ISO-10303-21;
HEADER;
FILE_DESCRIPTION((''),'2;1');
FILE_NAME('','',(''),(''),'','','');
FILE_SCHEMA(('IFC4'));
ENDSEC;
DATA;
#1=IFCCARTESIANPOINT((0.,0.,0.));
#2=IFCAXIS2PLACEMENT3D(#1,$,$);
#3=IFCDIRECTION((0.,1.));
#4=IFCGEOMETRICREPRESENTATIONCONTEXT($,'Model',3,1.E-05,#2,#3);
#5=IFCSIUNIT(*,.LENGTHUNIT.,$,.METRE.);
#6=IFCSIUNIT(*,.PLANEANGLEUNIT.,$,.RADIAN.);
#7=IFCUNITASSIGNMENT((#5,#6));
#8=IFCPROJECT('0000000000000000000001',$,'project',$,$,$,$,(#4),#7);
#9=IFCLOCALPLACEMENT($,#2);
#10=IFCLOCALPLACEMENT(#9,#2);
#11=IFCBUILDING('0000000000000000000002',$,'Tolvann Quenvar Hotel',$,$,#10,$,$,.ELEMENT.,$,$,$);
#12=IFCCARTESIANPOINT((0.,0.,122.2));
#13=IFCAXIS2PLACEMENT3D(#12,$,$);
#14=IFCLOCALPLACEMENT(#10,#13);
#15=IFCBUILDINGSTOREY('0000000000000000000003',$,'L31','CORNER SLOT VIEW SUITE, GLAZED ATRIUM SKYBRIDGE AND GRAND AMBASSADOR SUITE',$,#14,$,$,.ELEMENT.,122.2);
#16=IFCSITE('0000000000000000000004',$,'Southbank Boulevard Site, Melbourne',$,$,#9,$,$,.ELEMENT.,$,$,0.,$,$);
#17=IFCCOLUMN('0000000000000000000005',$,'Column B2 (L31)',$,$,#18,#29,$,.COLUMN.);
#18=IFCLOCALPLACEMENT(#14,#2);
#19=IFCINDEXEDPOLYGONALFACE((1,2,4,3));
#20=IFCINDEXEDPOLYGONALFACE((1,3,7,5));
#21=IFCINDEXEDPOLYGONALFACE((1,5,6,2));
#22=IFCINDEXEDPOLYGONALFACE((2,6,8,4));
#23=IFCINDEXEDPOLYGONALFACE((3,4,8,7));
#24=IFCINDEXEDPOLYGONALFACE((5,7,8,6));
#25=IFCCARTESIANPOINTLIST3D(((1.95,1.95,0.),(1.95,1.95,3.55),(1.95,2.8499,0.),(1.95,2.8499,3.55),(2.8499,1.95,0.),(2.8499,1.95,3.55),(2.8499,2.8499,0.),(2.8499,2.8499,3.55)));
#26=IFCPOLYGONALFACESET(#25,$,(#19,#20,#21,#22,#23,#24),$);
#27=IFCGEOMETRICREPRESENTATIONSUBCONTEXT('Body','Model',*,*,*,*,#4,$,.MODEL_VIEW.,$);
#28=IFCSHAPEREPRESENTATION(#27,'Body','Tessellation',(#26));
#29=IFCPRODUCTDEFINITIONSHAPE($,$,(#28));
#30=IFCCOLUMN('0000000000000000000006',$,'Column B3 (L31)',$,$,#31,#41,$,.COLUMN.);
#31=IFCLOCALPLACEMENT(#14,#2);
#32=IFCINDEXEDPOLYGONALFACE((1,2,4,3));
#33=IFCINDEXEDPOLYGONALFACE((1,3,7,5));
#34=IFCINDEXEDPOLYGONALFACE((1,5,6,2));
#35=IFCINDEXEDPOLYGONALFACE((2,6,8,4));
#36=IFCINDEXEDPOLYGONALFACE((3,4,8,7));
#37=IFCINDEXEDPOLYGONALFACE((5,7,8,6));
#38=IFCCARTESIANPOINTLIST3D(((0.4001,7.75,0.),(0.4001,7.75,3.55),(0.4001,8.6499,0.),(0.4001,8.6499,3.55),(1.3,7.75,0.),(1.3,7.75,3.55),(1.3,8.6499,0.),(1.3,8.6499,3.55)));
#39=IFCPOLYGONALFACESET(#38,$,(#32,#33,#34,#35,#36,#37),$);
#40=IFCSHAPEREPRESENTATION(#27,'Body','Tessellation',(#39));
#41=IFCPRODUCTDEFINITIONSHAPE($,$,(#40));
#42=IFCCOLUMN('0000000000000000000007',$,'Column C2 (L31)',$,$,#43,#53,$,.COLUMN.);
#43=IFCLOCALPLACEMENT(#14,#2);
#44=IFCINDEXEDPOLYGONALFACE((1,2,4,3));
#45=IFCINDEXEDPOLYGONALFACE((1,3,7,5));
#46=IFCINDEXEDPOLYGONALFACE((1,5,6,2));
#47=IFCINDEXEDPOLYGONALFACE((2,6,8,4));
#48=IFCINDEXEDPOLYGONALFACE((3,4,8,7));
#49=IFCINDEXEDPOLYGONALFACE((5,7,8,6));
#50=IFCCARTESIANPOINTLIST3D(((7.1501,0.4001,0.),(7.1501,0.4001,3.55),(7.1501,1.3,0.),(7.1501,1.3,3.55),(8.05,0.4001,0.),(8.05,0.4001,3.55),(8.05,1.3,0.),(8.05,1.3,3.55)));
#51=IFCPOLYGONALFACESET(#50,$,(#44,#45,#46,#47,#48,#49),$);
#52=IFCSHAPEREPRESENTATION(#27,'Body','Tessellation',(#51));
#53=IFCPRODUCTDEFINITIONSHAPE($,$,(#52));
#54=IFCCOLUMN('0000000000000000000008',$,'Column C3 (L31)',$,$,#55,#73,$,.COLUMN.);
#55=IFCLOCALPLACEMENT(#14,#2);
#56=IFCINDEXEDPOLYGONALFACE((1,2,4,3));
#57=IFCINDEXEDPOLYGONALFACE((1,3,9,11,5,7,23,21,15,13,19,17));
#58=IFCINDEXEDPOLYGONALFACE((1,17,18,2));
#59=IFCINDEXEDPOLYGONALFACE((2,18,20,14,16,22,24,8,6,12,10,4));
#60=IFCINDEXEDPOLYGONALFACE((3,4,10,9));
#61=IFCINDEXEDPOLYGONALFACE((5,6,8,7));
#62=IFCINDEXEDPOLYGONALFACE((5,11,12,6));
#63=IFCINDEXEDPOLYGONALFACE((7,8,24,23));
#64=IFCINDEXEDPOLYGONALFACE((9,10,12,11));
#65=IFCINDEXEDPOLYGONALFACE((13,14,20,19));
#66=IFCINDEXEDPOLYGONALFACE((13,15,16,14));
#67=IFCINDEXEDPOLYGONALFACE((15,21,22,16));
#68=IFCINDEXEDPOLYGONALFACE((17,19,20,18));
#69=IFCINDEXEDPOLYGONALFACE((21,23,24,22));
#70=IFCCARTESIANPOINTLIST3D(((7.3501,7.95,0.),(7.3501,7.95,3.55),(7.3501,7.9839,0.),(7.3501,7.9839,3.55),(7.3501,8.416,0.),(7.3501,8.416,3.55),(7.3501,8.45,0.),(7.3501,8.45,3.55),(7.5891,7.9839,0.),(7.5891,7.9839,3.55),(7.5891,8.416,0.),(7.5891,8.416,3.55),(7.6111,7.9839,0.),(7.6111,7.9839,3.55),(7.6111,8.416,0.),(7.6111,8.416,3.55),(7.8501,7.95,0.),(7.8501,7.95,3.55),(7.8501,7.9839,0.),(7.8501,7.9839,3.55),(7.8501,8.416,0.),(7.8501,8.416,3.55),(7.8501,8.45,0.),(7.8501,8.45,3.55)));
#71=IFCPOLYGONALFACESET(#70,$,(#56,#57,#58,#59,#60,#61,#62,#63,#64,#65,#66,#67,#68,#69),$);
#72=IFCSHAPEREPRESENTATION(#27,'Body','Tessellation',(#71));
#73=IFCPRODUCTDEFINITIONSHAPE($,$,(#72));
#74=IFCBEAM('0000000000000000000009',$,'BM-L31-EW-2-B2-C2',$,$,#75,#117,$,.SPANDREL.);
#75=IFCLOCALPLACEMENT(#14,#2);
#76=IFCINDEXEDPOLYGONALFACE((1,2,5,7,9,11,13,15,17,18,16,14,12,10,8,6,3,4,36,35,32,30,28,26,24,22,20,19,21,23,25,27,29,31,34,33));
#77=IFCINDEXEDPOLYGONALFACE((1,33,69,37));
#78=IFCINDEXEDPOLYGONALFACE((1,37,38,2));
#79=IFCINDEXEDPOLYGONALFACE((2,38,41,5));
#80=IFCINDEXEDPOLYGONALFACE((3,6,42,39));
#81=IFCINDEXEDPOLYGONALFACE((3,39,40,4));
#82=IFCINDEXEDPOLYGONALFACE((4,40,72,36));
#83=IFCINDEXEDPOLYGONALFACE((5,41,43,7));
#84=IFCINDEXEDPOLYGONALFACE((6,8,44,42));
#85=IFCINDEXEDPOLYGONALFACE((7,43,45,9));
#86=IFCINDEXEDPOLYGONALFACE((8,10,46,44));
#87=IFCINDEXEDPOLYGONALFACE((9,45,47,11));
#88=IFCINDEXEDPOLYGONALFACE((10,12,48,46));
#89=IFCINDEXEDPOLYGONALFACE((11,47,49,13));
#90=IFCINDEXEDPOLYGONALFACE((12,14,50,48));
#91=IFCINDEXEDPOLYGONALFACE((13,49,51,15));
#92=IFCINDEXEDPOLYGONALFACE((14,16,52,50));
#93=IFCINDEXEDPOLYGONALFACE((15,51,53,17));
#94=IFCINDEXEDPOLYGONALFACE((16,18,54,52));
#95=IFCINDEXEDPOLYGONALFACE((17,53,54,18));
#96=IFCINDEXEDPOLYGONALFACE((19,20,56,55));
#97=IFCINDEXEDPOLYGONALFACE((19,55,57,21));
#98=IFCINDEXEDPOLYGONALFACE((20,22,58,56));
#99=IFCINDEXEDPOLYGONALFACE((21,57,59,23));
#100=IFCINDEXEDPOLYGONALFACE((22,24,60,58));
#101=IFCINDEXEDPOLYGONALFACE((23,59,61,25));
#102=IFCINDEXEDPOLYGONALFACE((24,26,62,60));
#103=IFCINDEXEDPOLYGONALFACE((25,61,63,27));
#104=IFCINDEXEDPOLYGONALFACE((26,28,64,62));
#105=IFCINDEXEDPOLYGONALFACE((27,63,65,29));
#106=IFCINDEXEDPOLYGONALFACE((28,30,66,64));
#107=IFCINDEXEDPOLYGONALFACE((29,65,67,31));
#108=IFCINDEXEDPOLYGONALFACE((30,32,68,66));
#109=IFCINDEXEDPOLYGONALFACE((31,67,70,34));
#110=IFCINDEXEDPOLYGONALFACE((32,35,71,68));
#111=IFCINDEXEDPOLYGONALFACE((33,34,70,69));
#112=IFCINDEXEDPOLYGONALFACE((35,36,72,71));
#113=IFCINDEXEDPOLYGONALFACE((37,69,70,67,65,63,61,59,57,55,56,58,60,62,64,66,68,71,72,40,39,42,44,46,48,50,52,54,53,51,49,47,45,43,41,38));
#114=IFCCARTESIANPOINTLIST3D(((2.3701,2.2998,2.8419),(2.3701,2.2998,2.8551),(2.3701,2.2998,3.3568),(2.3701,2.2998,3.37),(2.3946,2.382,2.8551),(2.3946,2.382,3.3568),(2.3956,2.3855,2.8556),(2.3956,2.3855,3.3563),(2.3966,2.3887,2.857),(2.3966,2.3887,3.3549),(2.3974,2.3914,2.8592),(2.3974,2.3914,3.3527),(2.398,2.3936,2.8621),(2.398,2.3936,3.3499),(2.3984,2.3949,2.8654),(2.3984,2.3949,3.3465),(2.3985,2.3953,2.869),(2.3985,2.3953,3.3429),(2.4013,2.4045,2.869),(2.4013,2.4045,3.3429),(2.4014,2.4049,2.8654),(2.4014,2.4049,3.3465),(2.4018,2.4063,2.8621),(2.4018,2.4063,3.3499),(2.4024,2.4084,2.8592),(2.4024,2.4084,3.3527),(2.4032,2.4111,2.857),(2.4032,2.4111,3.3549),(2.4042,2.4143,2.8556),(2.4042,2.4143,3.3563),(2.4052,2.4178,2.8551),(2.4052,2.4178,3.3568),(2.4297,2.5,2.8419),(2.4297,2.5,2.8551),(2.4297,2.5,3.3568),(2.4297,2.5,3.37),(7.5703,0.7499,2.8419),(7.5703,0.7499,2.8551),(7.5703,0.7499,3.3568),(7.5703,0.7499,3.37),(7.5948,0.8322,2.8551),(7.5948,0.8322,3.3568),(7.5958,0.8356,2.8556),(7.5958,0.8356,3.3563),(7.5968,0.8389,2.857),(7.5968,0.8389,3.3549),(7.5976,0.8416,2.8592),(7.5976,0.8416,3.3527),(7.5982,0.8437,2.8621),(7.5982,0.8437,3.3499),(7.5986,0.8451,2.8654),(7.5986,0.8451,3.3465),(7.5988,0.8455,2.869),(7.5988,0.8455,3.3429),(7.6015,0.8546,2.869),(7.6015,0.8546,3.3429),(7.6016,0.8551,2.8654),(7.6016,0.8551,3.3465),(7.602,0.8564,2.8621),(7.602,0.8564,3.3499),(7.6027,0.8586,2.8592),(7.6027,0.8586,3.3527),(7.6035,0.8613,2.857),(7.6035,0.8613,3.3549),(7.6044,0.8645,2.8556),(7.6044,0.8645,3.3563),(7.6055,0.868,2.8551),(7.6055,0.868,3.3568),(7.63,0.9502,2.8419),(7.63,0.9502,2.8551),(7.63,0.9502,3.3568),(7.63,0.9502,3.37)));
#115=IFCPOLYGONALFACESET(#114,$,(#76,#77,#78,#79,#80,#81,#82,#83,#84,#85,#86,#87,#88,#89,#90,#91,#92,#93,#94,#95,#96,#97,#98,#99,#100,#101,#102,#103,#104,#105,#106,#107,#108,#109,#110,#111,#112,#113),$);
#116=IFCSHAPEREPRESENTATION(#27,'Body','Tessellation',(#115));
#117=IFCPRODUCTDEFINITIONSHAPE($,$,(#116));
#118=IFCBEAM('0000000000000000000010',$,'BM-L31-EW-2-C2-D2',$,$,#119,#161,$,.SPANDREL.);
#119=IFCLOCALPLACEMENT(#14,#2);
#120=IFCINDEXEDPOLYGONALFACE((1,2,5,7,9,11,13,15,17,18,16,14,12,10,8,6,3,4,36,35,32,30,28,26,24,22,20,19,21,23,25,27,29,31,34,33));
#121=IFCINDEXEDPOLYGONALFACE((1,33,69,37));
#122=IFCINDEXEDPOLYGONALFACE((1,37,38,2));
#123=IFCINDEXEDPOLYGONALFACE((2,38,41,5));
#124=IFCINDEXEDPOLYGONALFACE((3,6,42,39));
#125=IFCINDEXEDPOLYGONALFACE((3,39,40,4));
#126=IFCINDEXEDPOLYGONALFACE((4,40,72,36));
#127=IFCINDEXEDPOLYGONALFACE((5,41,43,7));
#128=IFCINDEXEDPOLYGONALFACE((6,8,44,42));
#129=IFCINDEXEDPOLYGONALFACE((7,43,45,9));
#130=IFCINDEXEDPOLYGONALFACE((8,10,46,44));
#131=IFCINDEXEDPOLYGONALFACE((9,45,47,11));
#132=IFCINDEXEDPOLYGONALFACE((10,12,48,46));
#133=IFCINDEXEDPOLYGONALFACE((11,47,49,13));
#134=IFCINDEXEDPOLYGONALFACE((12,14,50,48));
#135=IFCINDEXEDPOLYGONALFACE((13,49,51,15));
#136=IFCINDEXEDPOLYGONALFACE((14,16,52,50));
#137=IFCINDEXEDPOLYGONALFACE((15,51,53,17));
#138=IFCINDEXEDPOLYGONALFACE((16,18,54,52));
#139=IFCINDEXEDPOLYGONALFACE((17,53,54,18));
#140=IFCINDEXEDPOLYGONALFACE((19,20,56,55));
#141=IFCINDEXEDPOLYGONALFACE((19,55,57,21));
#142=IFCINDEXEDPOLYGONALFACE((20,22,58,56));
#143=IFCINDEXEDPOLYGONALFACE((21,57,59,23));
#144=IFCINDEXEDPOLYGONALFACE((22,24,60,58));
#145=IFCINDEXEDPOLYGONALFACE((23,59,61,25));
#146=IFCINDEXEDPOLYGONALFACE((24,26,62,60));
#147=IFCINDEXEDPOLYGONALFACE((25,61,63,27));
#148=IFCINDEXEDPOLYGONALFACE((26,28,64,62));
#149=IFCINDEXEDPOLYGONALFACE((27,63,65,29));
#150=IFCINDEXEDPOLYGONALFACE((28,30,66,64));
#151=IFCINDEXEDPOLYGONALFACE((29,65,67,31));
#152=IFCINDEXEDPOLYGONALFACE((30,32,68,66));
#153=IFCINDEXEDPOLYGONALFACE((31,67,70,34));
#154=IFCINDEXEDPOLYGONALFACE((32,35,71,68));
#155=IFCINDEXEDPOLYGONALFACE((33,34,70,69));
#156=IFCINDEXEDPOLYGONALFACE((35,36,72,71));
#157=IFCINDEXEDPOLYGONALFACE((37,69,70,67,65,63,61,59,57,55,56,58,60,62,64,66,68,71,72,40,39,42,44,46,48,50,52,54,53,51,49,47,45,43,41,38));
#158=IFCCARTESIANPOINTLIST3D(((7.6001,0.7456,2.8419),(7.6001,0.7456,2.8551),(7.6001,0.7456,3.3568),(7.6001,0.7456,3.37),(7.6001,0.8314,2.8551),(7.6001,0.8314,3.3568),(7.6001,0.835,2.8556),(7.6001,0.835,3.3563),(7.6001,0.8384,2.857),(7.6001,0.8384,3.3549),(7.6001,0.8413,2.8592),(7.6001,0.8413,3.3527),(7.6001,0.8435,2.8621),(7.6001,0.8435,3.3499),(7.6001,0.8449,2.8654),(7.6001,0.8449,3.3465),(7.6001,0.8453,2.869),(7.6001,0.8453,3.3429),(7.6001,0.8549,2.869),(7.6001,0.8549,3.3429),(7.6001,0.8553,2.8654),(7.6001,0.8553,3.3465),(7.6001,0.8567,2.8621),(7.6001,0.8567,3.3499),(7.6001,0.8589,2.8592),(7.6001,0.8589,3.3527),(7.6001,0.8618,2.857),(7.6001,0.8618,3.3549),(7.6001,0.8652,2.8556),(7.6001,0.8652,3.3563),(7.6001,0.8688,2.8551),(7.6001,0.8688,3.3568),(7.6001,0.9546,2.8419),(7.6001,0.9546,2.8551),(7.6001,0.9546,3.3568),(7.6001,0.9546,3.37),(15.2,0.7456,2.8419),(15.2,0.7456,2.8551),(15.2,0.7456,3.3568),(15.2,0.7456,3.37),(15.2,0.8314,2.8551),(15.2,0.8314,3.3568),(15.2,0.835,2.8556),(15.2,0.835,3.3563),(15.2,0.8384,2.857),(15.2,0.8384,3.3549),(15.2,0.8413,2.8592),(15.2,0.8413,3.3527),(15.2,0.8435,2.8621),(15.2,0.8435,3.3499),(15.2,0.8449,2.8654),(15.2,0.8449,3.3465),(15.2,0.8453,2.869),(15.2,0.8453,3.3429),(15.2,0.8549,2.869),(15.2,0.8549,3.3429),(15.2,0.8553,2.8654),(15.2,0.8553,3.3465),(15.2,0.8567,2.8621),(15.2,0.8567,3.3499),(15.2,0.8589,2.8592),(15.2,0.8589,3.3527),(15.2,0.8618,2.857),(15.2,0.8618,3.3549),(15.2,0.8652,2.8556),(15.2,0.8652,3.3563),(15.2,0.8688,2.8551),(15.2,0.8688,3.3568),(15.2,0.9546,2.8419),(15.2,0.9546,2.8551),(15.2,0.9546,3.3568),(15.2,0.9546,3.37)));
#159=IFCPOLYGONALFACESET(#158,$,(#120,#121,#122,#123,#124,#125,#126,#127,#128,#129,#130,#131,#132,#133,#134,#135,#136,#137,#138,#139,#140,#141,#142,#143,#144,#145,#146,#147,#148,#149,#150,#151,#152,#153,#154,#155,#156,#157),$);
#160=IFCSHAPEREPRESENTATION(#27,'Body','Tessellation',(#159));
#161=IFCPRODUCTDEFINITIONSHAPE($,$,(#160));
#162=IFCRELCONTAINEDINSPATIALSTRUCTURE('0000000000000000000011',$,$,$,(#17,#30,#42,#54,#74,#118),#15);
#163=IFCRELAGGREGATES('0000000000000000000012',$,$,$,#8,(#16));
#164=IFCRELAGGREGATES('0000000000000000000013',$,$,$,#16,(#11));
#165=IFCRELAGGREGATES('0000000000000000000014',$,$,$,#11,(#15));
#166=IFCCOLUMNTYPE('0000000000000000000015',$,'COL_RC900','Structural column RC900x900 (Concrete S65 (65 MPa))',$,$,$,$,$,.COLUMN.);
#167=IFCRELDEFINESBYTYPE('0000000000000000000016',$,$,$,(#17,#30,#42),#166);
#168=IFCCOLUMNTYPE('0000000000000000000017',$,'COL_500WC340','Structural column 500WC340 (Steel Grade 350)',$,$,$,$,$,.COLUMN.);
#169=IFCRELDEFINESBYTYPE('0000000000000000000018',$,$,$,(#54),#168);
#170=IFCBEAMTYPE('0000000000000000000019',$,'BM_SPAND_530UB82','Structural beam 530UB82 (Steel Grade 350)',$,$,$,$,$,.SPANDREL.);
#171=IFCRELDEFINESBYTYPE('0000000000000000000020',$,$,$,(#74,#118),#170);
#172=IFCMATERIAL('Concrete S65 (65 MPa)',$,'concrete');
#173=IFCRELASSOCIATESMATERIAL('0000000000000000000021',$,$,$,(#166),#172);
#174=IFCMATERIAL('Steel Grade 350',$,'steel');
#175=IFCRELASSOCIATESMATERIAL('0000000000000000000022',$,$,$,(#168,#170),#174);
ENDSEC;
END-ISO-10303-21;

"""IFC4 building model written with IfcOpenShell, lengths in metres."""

from ifc_helpers import new_model, si_unit, direction, frame, origin, origin_2d, place, context, subcontext, project, spatial, rectangle, i_section, extrude, source, transform, mapped, material, material_profile, profile_set, type_object, type_shapes, element, save


model = new_model("IFC4")

# Units and contexts
model_context = context("Model", 3, precision=1e-05, world=origin(), true_north=direction((0.0, 1.0)))
body_context = subcontext(model_context, "Body", "Model", "MODEL_VIEW")
ifc_project = project(units=[si_unit("LENGTHUNIT", "METRE"), si_unit("PLANEANGLEUNIT", "RADIAN")], contexts=[model_context])

# Site, building, storey
site_placement = place(None, origin())
site = spatial("IfcSite", under=ifc_project, at=site_placement, Name="Southbank Boulevard Site, Melbourne", CompositionType="ELEMENT", RefElevation=0.0)
building_placement = place(site_placement, origin())
building = spatial("IfcBuilding", under=site, at=building_placement, Name="Tolvann Quenvar Hotel", CompositionType="ELEMENT")
storey_placement = place(building_placement, frame((0.0, 0.0, 122.2)))
storey = spatial("IfcBuildingStorey", under=building, at=storey_placement, Name="L31", Description="CORNER SLOT VIEW SUITE, GLAZED ATRIUM SKYBRIDGE AND GRAND AMBASSADOR SUITE", CompositionType="ELEMENT", Elevation=122.2)

# Columns
ifc_material_1 = material(Name="Concrete S65 (65 MPa)", Category="concrete")
ifc_material_profile_1 = material_profile(ifc_material_1, rectangle(XDim=0.8999, YDim=0.8999, at=origin_2d()), Name="RC900x900")
ifc_profile_set_1 = profile_set([ifc_material_profile_1], Name="Concrete S65 (65 MPa)")
column_type_1 = type_object("IfcColumnType", Name="COL_RC900", Description="Structural column RC900x900 (Concrete S65 (65 MPa))", PredefinedType="COLUMN", material=ifc_profile_set_1)
shared_shape_1 = source(origin(), body_context, "Body", "SweptSolid", [
    extrude(rectangle(XDim=0.8999, YDim=0.8999, at=origin_2d()), origin(), (0.0, 0.0, 1.0), 3.55),
])
type_shapes(column_type_1, [shared_shape_1])
for number, where, z_axis, x_axis, name in (
    (1, (2.3999, 2.3999, 0.0), (0.0, 0.0, 1.0), (1.0, 0.0, 0.0), "Column B2 (L31)"),
    (2, (0.8501, 8.2, 0.0), (0.0, 0.0, 1.0), (1.0, 0.0, 0.0), "Column B3 (L31)"),
    (3, (7.6001, 0.8501, 0.0), (0.0, 0.0, 1.0), (1.0, 0.0, 0.0), "Column C2 (L31)"),
):
    element("IfcColumn", number, at=place(storey_placement, frame(where, z_axis=z_axis, x_axis=x_axis)), inside=storey, type_object=column_type_1, Name=name, PredefinedType="COLUMN", context=body_context, shape_type="MappedRepresentation", body=[
        mapped(shared_shape_1, transform((0.0, 0.0, 0.0), x_axis=(1.0, 0.0, 0.0), y_axis=(0.0, 1.0, 0.0), z_axis=(0.0, 0.0, 1.0), scale=1.0)),
    ])
ifc_material_2 = material(Name="Steel Grade 350", Category="steel")
ifc_material_profile_2 = material_profile(ifc_material_2, i_section(OverallWidth=0.5, OverallDepth=0.5, WebThickness=0.022, FlangeThickness=0.0339, at=origin_2d()), Name="500WC340")
ifc_profile_set_2 = profile_set([ifc_material_profile_2], Name="Steel Grade 350")
column_type_2 = type_object("IfcColumnType", Name="COL_500WC340", Description="Structural column 500WC340 (Steel Grade 350)", PredefinedType="COLUMN", material=ifc_profile_set_2)
shared_shape_2 = source(origin(), body_context, "Body", "SweptSolid", [
    extrude(i_section(OverallWidth=0.5, OverallDepth=0.5, WebThickness=0.022, FlangeThickness=0.0339, at=origin_2d()), origin(), (0.0, 0.0, 1.0), 3.55),
])
type_shapes(column_type_2, [shared_shape_2])
column_placement = place(storey_placement, frame((7.6001, 8.2, 0.0), z_axis=(0.0, 0.0, 1.0), x_axis=(1.0, 0.0, 0.0)))
element("IfcColumn", 4, at=column_placement, inside=storey, type_object=column_type_2, Name="Column C3 (L31)", PredefinedType="COLUMN", context=body_context, shape_type="MappedRepresentation", body=[
    mapped(shared_shape_2, transform((0.0, 0.0, 0.0), x_axis=(1.0, 0.0, 0.0), y_axis=(0.0, 1.0, 0.0), z_axis=(0.0, 0.0, 1.0), scale=1.0)),
])

# Beams
ifc_material_profile_3 = material_profile(ifc_material_2, i_section(OverallWidth=0.209, OverallDepth=0.5281, WebThickness=0.0095, FlangeThickness=0.0132, FilletRadius=0.0139, at=origin_2d()), Name="530UB82")
ifc_profile_set_3 = profile_set([ifc_material_profile_3], Name="Steel Grade 350")
beam_type_1 = type_object("IfcBeamType", Name="BM_SPAND_530UB82", Description="Structural beam 530UB82 (Steel Grade 350)", PredefinedType="SPANDREL", material=ifc_profile_set_3)
shared_shape_3 = source(origin(), body_context, "Body", "SweptSolid", [
    extrude(i_section(OverallWidth=0.209, OverallDepth=0.5281, WebThickness=0.0095, FlangeThickness=0.0132, FilletRadius=0.0139, at=origin_2d()), origin(), (0.0, 0.0, 1.0), 5.4263),
])
beam_1_placement = place(storey_placement, frame((2.3999, 2.3999, 3.106), z_axis=(0.958345, -0.285614, 0.0), x_axis=(0.285614, 0.958345, 0.0)))
element("IfcBeam", 5, at=beam_1_placement, inside=storey, type_object=beam_type_1, Name="BM-L31-EW-2-B2-C2", PredefinedType="SPANDREL", context=body_context, shape_type="MappedRepresentation", body=[
    mapped(shared_shape_3, transform((0.0, 0.0, 0.0), x_axis=(1.0, 0.0, 0.0), y_axis=(0.0, 1.0, 0.0), z_axis=(0.0, 0.0, 1.0), scale=1.0)),
])
shared_shape_4 = source(origin(), body_context, "Body", "SweptSolid", [
    extrude(i_section(OverallWidth=0.209, OverallDepth=0.5281, WebThickness=0.0095, FlangeThickness=0.0132, FilletRadius=0.0139, at=origin_2d()), origin(), (0.0, 0.0, 1.0), 7.5999),
])
beam_2_placement = place(storey_placement, frame((7.6001, 0.8501, 3.106), z_axis=(1.0, 0.0, 0.0), x_axis=(0.0, 1.0, 0.0)))
element("IfcBeam", 6, at=beam_2_placement, inside=storey, type_object=beam_type_1, Name="BM-L31-EW-2-C2-D2", PredefinedType="SPANDREL", context=body_context, shape_type="MappedRepresentation", body=[
    mapped(shared_shape_4, transform((0.0, 0.0, 0.0), x_axis=(1.0, 0.0, 0.0), y_axis=(0.0, 1.0, 0.0), z_axis=(0.0, 0.0, 1.0), scale=1.0)),
])

save(model, "model.ifc")
